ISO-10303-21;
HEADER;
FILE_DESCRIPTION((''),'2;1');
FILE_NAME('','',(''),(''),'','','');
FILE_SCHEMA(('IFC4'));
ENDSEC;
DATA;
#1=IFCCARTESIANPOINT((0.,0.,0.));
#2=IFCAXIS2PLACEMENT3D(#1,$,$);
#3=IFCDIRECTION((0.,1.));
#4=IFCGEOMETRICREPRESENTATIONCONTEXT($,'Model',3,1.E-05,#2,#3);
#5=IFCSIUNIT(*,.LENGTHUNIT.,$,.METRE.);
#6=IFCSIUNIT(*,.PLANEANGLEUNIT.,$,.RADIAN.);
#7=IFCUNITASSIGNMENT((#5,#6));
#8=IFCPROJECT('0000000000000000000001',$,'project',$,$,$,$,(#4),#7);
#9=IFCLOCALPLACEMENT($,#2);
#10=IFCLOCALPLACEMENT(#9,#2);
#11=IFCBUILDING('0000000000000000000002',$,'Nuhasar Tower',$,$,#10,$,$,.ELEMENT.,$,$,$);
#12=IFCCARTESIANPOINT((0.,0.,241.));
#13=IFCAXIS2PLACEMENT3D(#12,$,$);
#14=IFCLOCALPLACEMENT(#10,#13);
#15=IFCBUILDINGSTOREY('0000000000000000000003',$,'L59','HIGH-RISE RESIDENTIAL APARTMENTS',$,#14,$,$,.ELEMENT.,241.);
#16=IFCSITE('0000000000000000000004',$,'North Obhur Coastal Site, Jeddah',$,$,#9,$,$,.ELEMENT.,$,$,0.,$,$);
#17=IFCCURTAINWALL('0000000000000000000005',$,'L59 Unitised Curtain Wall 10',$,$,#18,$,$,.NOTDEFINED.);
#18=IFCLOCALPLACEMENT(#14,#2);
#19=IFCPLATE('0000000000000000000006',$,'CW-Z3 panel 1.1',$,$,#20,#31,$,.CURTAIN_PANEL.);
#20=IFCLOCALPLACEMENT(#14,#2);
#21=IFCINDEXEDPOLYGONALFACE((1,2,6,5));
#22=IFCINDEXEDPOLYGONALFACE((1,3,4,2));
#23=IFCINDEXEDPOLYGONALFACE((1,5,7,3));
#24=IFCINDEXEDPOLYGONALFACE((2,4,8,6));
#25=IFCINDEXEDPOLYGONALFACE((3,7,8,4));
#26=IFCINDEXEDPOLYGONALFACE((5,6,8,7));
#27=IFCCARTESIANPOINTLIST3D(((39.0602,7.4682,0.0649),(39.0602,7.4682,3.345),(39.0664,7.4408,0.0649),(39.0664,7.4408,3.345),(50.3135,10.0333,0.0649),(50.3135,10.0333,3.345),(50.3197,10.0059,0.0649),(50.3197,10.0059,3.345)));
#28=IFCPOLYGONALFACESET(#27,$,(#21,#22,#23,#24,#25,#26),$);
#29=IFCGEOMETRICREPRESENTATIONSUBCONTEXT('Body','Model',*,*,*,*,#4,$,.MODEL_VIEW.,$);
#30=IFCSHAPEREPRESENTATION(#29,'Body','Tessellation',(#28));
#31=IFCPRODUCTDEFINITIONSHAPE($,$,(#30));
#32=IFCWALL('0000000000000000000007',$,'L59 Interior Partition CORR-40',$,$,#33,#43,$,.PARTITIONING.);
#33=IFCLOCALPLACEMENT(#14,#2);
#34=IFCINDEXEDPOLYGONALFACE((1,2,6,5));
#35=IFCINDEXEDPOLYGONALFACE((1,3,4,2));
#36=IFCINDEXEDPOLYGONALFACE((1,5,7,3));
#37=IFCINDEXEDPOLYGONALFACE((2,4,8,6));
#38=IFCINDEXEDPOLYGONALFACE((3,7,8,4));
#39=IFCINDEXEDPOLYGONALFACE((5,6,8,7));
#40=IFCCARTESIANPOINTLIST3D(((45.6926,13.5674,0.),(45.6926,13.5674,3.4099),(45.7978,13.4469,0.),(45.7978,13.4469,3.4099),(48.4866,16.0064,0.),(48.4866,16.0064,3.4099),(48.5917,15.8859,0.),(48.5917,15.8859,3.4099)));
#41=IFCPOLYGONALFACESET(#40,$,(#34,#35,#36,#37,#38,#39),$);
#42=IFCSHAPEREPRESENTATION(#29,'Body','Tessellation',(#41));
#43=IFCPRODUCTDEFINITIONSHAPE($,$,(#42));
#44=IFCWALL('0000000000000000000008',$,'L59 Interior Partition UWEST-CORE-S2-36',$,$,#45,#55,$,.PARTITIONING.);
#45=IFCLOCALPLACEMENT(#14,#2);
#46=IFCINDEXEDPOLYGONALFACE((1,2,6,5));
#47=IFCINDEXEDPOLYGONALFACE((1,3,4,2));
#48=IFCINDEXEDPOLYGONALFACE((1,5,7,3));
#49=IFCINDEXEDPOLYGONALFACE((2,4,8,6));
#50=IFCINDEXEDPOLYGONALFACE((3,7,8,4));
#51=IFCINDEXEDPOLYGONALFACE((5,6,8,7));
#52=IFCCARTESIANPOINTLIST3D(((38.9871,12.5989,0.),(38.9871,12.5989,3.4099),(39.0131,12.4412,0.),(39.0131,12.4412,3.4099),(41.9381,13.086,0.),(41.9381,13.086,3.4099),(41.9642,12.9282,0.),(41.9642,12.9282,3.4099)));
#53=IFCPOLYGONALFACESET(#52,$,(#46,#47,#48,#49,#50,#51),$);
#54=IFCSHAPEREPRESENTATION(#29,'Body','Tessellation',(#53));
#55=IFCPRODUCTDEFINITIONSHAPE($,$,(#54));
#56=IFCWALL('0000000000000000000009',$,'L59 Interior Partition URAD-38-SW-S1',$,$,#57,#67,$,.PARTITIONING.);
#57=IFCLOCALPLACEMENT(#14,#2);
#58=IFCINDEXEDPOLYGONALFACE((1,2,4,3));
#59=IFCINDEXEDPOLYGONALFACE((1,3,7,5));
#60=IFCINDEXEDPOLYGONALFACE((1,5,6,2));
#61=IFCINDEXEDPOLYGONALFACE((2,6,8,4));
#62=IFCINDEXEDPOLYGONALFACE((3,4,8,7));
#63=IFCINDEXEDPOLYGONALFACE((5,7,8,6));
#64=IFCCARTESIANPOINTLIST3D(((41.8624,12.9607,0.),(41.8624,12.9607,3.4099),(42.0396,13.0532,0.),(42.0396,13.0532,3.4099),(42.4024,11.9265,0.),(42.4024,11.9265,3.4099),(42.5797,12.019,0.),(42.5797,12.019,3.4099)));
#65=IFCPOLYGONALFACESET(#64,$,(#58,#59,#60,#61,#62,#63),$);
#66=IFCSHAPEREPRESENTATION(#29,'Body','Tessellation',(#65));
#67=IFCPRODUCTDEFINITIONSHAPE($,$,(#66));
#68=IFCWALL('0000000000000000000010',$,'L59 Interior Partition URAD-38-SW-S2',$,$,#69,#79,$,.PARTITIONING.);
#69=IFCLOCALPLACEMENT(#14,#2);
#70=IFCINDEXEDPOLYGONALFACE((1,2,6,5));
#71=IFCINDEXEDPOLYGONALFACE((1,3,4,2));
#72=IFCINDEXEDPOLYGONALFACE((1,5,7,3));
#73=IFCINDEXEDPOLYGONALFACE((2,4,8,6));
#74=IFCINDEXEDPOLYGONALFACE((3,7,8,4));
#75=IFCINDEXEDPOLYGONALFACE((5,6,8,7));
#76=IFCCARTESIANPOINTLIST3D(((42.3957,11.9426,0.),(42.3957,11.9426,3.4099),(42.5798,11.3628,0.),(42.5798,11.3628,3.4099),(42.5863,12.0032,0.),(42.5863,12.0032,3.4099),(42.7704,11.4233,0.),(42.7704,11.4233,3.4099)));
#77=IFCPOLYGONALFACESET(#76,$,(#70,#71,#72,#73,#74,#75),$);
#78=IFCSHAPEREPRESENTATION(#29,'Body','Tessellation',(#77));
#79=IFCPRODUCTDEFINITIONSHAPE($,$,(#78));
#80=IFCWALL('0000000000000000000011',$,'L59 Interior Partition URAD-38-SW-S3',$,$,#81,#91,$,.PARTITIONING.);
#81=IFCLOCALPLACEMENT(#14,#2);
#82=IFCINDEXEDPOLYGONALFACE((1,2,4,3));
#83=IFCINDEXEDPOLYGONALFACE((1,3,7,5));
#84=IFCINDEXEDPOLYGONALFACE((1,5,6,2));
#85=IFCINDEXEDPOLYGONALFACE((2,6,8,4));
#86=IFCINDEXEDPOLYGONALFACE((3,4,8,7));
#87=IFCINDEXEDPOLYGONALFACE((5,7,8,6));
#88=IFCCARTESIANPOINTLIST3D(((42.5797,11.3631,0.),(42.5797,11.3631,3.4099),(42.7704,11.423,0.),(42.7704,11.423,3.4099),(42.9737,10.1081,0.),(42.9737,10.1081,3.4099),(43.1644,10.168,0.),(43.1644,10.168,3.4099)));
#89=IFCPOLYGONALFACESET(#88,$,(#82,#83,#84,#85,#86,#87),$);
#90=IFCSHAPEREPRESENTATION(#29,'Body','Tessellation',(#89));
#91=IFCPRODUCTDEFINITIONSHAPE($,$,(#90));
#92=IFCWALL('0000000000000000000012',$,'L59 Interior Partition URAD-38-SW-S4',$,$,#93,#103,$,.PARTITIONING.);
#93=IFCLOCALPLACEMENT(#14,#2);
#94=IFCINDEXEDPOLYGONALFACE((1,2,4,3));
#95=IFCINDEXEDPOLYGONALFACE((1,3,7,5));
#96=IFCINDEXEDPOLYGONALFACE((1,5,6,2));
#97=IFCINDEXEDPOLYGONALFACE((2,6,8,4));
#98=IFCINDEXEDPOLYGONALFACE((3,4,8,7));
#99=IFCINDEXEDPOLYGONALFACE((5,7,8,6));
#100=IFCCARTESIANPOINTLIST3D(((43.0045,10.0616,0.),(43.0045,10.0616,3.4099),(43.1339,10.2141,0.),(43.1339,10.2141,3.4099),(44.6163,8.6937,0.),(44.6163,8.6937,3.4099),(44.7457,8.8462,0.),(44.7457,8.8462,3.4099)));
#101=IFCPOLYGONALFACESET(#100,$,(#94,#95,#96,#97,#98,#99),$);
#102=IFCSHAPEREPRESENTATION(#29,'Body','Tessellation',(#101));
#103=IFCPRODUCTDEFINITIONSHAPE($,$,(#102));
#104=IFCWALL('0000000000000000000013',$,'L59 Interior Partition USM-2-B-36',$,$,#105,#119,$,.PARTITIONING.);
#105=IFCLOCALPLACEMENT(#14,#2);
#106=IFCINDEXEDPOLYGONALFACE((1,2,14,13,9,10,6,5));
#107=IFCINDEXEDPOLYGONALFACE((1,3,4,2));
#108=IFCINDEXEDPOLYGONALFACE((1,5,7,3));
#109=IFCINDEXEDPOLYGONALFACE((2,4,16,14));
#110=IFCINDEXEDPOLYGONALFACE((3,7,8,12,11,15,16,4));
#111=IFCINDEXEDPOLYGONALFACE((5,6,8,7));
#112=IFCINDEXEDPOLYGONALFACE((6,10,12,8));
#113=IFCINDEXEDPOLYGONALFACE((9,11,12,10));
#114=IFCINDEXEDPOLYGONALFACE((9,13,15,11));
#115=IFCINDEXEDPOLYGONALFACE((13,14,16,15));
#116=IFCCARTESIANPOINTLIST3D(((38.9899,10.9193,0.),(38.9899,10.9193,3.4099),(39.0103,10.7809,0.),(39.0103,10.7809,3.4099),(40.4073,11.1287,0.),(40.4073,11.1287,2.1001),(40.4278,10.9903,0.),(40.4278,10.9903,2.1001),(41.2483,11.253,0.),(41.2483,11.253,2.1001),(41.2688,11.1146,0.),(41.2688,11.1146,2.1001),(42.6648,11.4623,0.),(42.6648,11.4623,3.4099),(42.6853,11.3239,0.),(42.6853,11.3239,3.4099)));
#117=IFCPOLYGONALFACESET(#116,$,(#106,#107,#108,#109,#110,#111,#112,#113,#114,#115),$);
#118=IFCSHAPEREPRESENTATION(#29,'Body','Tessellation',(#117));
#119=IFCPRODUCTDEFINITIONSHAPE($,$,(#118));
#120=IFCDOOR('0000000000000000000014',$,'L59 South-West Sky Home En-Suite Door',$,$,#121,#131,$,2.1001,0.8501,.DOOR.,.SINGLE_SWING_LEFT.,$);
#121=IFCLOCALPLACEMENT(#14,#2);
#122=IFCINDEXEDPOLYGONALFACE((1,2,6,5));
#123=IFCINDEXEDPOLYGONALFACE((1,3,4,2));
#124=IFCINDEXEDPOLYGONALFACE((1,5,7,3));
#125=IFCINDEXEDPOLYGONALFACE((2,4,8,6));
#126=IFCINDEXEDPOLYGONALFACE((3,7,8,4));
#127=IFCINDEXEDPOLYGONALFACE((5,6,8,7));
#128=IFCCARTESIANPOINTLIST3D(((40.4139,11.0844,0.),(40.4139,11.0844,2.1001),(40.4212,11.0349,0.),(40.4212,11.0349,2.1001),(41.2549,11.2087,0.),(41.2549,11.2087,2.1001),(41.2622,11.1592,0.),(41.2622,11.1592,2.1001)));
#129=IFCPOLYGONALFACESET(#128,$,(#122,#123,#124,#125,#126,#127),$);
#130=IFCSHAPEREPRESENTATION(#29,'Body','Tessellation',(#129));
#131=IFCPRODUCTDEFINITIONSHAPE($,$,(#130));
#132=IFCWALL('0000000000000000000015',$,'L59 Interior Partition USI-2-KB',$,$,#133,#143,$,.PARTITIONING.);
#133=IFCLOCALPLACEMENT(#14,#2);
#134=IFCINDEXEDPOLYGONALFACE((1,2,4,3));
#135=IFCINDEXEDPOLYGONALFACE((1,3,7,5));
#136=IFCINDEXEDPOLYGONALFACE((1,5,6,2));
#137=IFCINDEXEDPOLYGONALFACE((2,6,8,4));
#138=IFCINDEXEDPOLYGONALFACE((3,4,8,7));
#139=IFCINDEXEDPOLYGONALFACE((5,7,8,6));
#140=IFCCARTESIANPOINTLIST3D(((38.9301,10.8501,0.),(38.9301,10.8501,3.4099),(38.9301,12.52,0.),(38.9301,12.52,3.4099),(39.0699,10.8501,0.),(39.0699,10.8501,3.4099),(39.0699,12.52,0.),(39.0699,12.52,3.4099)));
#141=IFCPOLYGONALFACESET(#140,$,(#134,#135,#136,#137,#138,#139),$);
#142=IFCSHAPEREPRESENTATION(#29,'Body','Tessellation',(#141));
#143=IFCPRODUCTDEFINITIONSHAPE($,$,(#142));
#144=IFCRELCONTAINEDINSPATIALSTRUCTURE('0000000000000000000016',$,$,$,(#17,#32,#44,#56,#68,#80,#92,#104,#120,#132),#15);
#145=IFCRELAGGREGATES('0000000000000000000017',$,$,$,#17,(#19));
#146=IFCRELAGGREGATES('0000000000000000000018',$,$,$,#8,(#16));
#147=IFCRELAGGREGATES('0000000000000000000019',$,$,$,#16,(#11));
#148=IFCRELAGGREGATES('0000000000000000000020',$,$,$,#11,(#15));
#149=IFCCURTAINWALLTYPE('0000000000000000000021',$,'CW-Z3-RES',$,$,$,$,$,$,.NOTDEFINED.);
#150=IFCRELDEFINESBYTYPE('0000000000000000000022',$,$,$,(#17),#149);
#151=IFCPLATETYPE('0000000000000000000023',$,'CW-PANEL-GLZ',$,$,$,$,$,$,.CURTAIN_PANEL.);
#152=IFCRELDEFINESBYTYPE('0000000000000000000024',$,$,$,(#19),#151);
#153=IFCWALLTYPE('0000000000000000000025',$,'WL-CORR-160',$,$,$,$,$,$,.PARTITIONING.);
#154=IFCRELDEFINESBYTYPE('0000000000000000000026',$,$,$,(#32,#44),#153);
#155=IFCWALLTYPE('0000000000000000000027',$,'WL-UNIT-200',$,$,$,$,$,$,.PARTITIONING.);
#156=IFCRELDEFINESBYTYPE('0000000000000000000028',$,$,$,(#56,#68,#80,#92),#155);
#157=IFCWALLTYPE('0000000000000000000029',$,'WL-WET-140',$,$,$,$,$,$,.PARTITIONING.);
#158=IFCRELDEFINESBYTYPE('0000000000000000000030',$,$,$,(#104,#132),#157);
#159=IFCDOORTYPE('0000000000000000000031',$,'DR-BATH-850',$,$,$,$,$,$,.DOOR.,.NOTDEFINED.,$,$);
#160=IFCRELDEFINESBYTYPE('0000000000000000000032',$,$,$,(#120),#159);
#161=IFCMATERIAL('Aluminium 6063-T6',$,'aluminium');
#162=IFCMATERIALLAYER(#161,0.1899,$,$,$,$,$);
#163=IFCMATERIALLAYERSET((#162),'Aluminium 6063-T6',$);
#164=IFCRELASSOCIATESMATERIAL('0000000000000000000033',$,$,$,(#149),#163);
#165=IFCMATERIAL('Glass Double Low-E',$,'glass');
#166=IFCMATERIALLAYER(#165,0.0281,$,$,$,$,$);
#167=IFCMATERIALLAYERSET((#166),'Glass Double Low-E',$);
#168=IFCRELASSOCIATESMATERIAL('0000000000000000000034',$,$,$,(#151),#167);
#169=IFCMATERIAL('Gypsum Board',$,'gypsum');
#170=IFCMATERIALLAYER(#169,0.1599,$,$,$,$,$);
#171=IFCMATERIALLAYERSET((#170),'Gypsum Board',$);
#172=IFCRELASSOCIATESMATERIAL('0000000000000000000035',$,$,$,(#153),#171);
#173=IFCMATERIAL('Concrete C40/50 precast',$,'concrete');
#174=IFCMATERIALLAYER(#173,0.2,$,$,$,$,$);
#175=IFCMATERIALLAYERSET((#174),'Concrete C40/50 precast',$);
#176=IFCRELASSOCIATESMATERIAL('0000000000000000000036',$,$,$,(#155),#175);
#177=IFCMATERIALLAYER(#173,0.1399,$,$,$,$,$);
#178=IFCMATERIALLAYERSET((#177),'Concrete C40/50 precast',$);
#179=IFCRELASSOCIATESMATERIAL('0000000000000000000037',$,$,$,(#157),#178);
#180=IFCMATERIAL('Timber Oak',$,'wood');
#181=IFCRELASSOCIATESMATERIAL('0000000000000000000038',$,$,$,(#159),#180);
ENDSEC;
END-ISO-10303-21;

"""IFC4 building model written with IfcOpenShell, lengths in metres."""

from ifc_helpers import new_model, si_unit, direction, frame, frame_2d, origin, origin_2d, place, context, subcontext, project, spatial, rectangle, extrude, material, layer, layer_set, type_object, element, fill, aggregate, save


model = new_model("IFC4")

# Units and contexts
model_context = context("Model", 3, precision=1e-05, world=origin(), true_north=direction((0.0, 1.0)))
body_context = subcontext(model_context, "Body", "Model", "MODEL_VIEW")
ifc_project = project(units=[si_unit("LENGTHUNIT", "METRE"), si_unit("PLANEANGLEUNIT", "RADIAN")], contexts=[model_context])

# Site, building, storey
site_placement = place(None, origin())
site = spatial("IfcSite", under=ifc_project, at=site_placement, Name="North Obhur Coastal Site, Jeddah", CompositionType="ELEMENT", RefElevation=0.0)
building_placement = place(site_placement, origin())
building = spatial("IfcBuilding", under=site, at=building_placement, Name="Nuhasar Tower", CompositionType="ELEMENT")
storey_placement = place(building_placement, frame((0.0, 0.0, 241.0)))
storey = spatial("IfcBuildingStorey", under=building, at=storey_placement, Name="L59", Description="HIGH-RISE RESIDENTIAL APARTMENTS", CompositionType="ELEMENT", Elevation=241.0)

# Shared definitions
ifc_material_1 = material(Name="Aluminium 6063-T6", Category="aluminium")
ifc_layer_1 = layer(ifc_material_1, 0.1899)
ifc_layer_set_1 = layer_set([ifc_layer_1], Name="Aluminium 6063-T6")
curtain_wall_type = type_object("IfcCurtainWallType", Name="CW-Z3-RES", PredefinedType="NOTDEFINED", material=ifc_layer_set_1)

# Curtain wall
curtain_wall_1_placement = place(storey_placement, origin())
curtain_wall_1 = element("IfcCurtainWall", 1, at=curtain_wall_1_placement, inside=storey, type_object=curtain_wall_type, Name="L59 Unitised Curtain Wall 10", PredefinedType="NOTDEFINED")

# Plate
ifc_material_2 = material(Name="Glass Double Low-E", Category="glass")
ifc_layer_2 = layer(ifc_material_2, 0.0281)
ifc_layer_set_2 = layer_set([ifc_layer_2], Name="Glass Double Low-E")
plate_type = type_object("IfcPlateType", Name="CW-PANEL-GLZ", PredefinedType="CURTAIN_PANEL", material=ifc_layer_set_2)
plate_placement = place(storey_placement, frame((44.6899, 8.7371, 0.0649), z_axis=(0.0, 0.0, 1.0), x_axis=(0.974991, 0.222243, 0.0)))
plate = element("IfcPlate", 2, at=plate_placement, type_object=plate_type, Name="CW-Z3 panel 1.1", PredefinedType="CURTAIN_PANEL", context=body_context, shape_type="SweptSolid", body=[
    extrude(rectangle(XDim=11.542, YDim=0.0281, at=origin_2d()), origin(), (0.0, 0.0, 1.0), 3.28),
])
aggregate(curtain_wall_1, [plate])

# Shared definitions
ifc_material_3 = material(Name="Gypsum Board", Category="gypsum")
ifc_layer_3 = layer(ifc_material_3, 0.1599)
ifc_layer_set_3 = layer_set([ifc_layer_3], Name="Gypsum Board")
wall_type_1 = type_object("IfcWallType", Name="WL-CORR-160", PredefinedType="PARTITIONING", material=ifc_layer_set_3)
ifc_material_4 = material(Name="Timber Oak", Category="wood")

# Walls
wall_1_placement = place(storey_placement, frame((45.7451, 13.5071, 0.0), z_axis=(0.0, 0.0, 1.0), x_axis=(0.753343, 0.657628, 0.0)))
element("IfcWall", 3, at=wall_1_placement, inside=storey, type_object=wall_type_1, Name="L59 Interior Partition CORR-40", PredefinedType="PARTITIONING", context=body_context, shape_type="SweptSolid", body=[
    extrude(rectangle(XDim=3.7087, YDim=0.1599, at=frame_2d((1.8545, 0.0))), origin(), (0.0, 0.0, 1.0), 3.4099),
])
wall_2_placement = place(storey_placement, frame((39.0, 12.52, 0.0), z_axis=(0.0, 0.0, 1.0), x_axis=(0.986651, 0.16285, 0.0)))
element("IfcWall", 4, at=wall_2_placement, inside=storey, type_object=wall_type_1, Name="L59 Interior Partition UWEST-CORE-S2-36", PredefinedType="PARTITIONING", context=body_context, shape_type="SweptSolid", body=[
    extrude(rectangle(XDim=2.991, YDim=0.1599, at=frame_2d((1.4956, 0.0))), origin(), (0.0, 0.0, 1.0), 3.4099),
])
ifc_material_5 = material(Name="Concrete C40/50 precast", Category="concrete")
ifc_layer_4 = layer(ifc_material_5, 0.2)
ifc_layer_set_4 = layer_set([ifc_layer_4], Name="Concrete C40/50 precast")
wall_type_2 = type_object("IfcWallType", Name="WL-UNIT-200", PredefinedType="PARTITIONING", material=ifc_layer_set_4)
wall_3_placement = place(storey_placement, frame((41.9509, 13.0071, 0.0), z_axis=(0.0, 0.0, 1.0), x_axis=(0.462881, -0.886421, 0.0)))
element("IfcWall", 5, at=wall_3_placement, inside=storey, type_object=wall_type_2, Name="L59 Interior Partition URAD-38-SW-S1", PredefinedType="PARTITIONING", context=body_context, shape_type="SweptSolid", body=[
    extrude(rectangle(XDim=1.1667, YDim=0.2, at=frame_2d((0.5835, 0.0))), origin(), (0.0, 0.0, 1.0), 3.4099),
])
wall_4_placement = place(storey_placement, frame((42.491, 11.9729, 0.0), z_axis=(0.0, 0.0, 1.0), x_axis=(0.302591, -0.953121, 0.0)))
element("IfcWall", 6, at=wall_4_placement, inside=storey, type_object=wall_type_2, Name="L59 Interior Partition URAD-38-SW-S2", PredefinedType="PARTITIONING", context=body_context, shape_type="SweptSolid", body=[
    extrude(rectangle(XDim=0.6084, YDim=0.2, at=frame_2d((0.3042, 0.0))), origin(), (0.0, 0.0, 1.0), 3.4099),
])
wall_5_placement = place(storey_placement, frame((42.675, 11.3931, 0.0), z_axis=(0.0, 0.0, 1.0), x_axis=(0.299532, -0.954086, 0.0)))
element("IfcWall", 7, at=wall_5_placement, inside=storey, type_object=wall_type_2, Name="L59 Interior Partition URAD-38-SW-S3", PredefinedType="PARTITIONING", context=body_context, shape_type="SweptSolid", body=[
    extrude(rectangle(XDim=1.3154, YDim=0.2, at=frame_2d((0.6577, 0.0))), origin(), (0.0, 0.0, 1.0), 3.4099),
])
wall_6_placement = place(storey_placement, frame((43.0691, 10.1379, 0.0), z_axis=(0.0, 0.0, 1.0), x_axis=(0.762435, -0.647065, 0.0)))
element("IfcWall", 8, at=wall_6_placement, inside=storey, type_object=wall_type_2, Name="L59 Interior Partition URAD-38-SW-S4", PredefinedType="PARTITIONING", context=body_context, shape_type="SweptSolid", body=[
    extrude(rectangle(XDim=2.114, YDim=0.2, at=frame_2d((1.0571, 0.0))), origin(), (0.0, 0.0, 1.0), 3.4099),
])

# Wall, opening, door
ifc_layer_5 = layer(ifc_material_5, 0.1399)
ifc_layer_set_5 = layer_set([ifc_layer_5], Name="Concrete C40/50 precast")
wall_type_3 = type_object("IfcWallType", Name="WL-WET-140", PredefinedType="PARTITIONING", material=ifc_layer_set_5)
wall_7_placement = place(storey_placement, frame((42.675, 11.3931, 0.0), z_axis=(0.0, 0.0, 1.0), x_axis=(-0.989261, -0.146158, 0.0)))
wall_7 = element("IfcWall", 9, at=wall_7_placement, inside=storey, type_object=wall_type_3, Name="L59 Interior Partition USM-2-B-36", PredefinedType="PARTITIONING", context=body_context, shape_type="SweptSolid", body=[
    extrude(rectangle(XDim=3.7148, YDim=0.1399, at=frame_2d((1.8574, 0.0))), origin(), (0.0, 0.0, 1.0), 3.4099),
])
opening_1_placement = place(wall_7_placement, frame((1.4319, 0.0, 0.0)))
opening_1 = element("IfcOpeningElement", 10, at=opening_1_placement, cuts=wall_7, PredefinedType="OPENING", context=body_context, shape_type="SweptSolid", body=[
    extrude(rectangle(XDim=0.8501, YDim=2.1001, at=frame_2d((0.425, 1.05))), frame((0.0, 0.0801, 0.0), z_axis=(0.0, -1.0, 0.0), x_axis=(1.0, 0.0, 0.0)), (0.0, 0.0, 1.0), 0.1599),
])
door_type_1 = type_object("IfcDoorType", Name="DR-BATH-850", OperationType="NOTDEFINED", PredefinedType="DOOR", material=ifc_material_4)
door_1_placement = place(opening_1_placement, origin())
door_1 = element("IfcDoor", 11, at=door_1_placement, inside=storey, type_object=door_type_1, Name="L59 South-West Sky Home En-Suite Door", OperationType="SINGLE_SWING_LEFT", OverallHeight=2.1001, OverallWidth=0.8501, PredefinedType="DOOR", context=body_context, shape_type="SweptSolid", body=[
    extrude(rectangle(XDim=0.8501, YDim=2.1001, at=frame_2d((0.425, 1.05))), frame((0.0, 0.0249, 0.0), z_axis=(0.0, -1.0, 0.0), x_axis=(1.0, 0.0, 0.0)), (0.0, 0.0, 1.0), 0.05),
])
fill(opening_1, door_1)

# Wall
wall_8_placement = place(storey_placement, frame((39.0, 12.52, 0.0), z_axis=(0.0, 0.0, 1.0), x_axis=(0.0, -1.0, 0.0)))
element("IfcWall", 12, at=wall_8_placement, inside=storey, type_object=wall_type_3, Name="L59 Interior Partition USI-2-KB", PredefinedType="PARTITIONING", context=body_context, shape_type="SweptSolid", body=[
    extrude(rectangle(XDim=1.6699, YDim=0.1399, at=frame_2d((0.835, 0.0))), origin(), (0.0, 0.0, 1.0), 3.4099),
])

save(model, "model.ifc")
